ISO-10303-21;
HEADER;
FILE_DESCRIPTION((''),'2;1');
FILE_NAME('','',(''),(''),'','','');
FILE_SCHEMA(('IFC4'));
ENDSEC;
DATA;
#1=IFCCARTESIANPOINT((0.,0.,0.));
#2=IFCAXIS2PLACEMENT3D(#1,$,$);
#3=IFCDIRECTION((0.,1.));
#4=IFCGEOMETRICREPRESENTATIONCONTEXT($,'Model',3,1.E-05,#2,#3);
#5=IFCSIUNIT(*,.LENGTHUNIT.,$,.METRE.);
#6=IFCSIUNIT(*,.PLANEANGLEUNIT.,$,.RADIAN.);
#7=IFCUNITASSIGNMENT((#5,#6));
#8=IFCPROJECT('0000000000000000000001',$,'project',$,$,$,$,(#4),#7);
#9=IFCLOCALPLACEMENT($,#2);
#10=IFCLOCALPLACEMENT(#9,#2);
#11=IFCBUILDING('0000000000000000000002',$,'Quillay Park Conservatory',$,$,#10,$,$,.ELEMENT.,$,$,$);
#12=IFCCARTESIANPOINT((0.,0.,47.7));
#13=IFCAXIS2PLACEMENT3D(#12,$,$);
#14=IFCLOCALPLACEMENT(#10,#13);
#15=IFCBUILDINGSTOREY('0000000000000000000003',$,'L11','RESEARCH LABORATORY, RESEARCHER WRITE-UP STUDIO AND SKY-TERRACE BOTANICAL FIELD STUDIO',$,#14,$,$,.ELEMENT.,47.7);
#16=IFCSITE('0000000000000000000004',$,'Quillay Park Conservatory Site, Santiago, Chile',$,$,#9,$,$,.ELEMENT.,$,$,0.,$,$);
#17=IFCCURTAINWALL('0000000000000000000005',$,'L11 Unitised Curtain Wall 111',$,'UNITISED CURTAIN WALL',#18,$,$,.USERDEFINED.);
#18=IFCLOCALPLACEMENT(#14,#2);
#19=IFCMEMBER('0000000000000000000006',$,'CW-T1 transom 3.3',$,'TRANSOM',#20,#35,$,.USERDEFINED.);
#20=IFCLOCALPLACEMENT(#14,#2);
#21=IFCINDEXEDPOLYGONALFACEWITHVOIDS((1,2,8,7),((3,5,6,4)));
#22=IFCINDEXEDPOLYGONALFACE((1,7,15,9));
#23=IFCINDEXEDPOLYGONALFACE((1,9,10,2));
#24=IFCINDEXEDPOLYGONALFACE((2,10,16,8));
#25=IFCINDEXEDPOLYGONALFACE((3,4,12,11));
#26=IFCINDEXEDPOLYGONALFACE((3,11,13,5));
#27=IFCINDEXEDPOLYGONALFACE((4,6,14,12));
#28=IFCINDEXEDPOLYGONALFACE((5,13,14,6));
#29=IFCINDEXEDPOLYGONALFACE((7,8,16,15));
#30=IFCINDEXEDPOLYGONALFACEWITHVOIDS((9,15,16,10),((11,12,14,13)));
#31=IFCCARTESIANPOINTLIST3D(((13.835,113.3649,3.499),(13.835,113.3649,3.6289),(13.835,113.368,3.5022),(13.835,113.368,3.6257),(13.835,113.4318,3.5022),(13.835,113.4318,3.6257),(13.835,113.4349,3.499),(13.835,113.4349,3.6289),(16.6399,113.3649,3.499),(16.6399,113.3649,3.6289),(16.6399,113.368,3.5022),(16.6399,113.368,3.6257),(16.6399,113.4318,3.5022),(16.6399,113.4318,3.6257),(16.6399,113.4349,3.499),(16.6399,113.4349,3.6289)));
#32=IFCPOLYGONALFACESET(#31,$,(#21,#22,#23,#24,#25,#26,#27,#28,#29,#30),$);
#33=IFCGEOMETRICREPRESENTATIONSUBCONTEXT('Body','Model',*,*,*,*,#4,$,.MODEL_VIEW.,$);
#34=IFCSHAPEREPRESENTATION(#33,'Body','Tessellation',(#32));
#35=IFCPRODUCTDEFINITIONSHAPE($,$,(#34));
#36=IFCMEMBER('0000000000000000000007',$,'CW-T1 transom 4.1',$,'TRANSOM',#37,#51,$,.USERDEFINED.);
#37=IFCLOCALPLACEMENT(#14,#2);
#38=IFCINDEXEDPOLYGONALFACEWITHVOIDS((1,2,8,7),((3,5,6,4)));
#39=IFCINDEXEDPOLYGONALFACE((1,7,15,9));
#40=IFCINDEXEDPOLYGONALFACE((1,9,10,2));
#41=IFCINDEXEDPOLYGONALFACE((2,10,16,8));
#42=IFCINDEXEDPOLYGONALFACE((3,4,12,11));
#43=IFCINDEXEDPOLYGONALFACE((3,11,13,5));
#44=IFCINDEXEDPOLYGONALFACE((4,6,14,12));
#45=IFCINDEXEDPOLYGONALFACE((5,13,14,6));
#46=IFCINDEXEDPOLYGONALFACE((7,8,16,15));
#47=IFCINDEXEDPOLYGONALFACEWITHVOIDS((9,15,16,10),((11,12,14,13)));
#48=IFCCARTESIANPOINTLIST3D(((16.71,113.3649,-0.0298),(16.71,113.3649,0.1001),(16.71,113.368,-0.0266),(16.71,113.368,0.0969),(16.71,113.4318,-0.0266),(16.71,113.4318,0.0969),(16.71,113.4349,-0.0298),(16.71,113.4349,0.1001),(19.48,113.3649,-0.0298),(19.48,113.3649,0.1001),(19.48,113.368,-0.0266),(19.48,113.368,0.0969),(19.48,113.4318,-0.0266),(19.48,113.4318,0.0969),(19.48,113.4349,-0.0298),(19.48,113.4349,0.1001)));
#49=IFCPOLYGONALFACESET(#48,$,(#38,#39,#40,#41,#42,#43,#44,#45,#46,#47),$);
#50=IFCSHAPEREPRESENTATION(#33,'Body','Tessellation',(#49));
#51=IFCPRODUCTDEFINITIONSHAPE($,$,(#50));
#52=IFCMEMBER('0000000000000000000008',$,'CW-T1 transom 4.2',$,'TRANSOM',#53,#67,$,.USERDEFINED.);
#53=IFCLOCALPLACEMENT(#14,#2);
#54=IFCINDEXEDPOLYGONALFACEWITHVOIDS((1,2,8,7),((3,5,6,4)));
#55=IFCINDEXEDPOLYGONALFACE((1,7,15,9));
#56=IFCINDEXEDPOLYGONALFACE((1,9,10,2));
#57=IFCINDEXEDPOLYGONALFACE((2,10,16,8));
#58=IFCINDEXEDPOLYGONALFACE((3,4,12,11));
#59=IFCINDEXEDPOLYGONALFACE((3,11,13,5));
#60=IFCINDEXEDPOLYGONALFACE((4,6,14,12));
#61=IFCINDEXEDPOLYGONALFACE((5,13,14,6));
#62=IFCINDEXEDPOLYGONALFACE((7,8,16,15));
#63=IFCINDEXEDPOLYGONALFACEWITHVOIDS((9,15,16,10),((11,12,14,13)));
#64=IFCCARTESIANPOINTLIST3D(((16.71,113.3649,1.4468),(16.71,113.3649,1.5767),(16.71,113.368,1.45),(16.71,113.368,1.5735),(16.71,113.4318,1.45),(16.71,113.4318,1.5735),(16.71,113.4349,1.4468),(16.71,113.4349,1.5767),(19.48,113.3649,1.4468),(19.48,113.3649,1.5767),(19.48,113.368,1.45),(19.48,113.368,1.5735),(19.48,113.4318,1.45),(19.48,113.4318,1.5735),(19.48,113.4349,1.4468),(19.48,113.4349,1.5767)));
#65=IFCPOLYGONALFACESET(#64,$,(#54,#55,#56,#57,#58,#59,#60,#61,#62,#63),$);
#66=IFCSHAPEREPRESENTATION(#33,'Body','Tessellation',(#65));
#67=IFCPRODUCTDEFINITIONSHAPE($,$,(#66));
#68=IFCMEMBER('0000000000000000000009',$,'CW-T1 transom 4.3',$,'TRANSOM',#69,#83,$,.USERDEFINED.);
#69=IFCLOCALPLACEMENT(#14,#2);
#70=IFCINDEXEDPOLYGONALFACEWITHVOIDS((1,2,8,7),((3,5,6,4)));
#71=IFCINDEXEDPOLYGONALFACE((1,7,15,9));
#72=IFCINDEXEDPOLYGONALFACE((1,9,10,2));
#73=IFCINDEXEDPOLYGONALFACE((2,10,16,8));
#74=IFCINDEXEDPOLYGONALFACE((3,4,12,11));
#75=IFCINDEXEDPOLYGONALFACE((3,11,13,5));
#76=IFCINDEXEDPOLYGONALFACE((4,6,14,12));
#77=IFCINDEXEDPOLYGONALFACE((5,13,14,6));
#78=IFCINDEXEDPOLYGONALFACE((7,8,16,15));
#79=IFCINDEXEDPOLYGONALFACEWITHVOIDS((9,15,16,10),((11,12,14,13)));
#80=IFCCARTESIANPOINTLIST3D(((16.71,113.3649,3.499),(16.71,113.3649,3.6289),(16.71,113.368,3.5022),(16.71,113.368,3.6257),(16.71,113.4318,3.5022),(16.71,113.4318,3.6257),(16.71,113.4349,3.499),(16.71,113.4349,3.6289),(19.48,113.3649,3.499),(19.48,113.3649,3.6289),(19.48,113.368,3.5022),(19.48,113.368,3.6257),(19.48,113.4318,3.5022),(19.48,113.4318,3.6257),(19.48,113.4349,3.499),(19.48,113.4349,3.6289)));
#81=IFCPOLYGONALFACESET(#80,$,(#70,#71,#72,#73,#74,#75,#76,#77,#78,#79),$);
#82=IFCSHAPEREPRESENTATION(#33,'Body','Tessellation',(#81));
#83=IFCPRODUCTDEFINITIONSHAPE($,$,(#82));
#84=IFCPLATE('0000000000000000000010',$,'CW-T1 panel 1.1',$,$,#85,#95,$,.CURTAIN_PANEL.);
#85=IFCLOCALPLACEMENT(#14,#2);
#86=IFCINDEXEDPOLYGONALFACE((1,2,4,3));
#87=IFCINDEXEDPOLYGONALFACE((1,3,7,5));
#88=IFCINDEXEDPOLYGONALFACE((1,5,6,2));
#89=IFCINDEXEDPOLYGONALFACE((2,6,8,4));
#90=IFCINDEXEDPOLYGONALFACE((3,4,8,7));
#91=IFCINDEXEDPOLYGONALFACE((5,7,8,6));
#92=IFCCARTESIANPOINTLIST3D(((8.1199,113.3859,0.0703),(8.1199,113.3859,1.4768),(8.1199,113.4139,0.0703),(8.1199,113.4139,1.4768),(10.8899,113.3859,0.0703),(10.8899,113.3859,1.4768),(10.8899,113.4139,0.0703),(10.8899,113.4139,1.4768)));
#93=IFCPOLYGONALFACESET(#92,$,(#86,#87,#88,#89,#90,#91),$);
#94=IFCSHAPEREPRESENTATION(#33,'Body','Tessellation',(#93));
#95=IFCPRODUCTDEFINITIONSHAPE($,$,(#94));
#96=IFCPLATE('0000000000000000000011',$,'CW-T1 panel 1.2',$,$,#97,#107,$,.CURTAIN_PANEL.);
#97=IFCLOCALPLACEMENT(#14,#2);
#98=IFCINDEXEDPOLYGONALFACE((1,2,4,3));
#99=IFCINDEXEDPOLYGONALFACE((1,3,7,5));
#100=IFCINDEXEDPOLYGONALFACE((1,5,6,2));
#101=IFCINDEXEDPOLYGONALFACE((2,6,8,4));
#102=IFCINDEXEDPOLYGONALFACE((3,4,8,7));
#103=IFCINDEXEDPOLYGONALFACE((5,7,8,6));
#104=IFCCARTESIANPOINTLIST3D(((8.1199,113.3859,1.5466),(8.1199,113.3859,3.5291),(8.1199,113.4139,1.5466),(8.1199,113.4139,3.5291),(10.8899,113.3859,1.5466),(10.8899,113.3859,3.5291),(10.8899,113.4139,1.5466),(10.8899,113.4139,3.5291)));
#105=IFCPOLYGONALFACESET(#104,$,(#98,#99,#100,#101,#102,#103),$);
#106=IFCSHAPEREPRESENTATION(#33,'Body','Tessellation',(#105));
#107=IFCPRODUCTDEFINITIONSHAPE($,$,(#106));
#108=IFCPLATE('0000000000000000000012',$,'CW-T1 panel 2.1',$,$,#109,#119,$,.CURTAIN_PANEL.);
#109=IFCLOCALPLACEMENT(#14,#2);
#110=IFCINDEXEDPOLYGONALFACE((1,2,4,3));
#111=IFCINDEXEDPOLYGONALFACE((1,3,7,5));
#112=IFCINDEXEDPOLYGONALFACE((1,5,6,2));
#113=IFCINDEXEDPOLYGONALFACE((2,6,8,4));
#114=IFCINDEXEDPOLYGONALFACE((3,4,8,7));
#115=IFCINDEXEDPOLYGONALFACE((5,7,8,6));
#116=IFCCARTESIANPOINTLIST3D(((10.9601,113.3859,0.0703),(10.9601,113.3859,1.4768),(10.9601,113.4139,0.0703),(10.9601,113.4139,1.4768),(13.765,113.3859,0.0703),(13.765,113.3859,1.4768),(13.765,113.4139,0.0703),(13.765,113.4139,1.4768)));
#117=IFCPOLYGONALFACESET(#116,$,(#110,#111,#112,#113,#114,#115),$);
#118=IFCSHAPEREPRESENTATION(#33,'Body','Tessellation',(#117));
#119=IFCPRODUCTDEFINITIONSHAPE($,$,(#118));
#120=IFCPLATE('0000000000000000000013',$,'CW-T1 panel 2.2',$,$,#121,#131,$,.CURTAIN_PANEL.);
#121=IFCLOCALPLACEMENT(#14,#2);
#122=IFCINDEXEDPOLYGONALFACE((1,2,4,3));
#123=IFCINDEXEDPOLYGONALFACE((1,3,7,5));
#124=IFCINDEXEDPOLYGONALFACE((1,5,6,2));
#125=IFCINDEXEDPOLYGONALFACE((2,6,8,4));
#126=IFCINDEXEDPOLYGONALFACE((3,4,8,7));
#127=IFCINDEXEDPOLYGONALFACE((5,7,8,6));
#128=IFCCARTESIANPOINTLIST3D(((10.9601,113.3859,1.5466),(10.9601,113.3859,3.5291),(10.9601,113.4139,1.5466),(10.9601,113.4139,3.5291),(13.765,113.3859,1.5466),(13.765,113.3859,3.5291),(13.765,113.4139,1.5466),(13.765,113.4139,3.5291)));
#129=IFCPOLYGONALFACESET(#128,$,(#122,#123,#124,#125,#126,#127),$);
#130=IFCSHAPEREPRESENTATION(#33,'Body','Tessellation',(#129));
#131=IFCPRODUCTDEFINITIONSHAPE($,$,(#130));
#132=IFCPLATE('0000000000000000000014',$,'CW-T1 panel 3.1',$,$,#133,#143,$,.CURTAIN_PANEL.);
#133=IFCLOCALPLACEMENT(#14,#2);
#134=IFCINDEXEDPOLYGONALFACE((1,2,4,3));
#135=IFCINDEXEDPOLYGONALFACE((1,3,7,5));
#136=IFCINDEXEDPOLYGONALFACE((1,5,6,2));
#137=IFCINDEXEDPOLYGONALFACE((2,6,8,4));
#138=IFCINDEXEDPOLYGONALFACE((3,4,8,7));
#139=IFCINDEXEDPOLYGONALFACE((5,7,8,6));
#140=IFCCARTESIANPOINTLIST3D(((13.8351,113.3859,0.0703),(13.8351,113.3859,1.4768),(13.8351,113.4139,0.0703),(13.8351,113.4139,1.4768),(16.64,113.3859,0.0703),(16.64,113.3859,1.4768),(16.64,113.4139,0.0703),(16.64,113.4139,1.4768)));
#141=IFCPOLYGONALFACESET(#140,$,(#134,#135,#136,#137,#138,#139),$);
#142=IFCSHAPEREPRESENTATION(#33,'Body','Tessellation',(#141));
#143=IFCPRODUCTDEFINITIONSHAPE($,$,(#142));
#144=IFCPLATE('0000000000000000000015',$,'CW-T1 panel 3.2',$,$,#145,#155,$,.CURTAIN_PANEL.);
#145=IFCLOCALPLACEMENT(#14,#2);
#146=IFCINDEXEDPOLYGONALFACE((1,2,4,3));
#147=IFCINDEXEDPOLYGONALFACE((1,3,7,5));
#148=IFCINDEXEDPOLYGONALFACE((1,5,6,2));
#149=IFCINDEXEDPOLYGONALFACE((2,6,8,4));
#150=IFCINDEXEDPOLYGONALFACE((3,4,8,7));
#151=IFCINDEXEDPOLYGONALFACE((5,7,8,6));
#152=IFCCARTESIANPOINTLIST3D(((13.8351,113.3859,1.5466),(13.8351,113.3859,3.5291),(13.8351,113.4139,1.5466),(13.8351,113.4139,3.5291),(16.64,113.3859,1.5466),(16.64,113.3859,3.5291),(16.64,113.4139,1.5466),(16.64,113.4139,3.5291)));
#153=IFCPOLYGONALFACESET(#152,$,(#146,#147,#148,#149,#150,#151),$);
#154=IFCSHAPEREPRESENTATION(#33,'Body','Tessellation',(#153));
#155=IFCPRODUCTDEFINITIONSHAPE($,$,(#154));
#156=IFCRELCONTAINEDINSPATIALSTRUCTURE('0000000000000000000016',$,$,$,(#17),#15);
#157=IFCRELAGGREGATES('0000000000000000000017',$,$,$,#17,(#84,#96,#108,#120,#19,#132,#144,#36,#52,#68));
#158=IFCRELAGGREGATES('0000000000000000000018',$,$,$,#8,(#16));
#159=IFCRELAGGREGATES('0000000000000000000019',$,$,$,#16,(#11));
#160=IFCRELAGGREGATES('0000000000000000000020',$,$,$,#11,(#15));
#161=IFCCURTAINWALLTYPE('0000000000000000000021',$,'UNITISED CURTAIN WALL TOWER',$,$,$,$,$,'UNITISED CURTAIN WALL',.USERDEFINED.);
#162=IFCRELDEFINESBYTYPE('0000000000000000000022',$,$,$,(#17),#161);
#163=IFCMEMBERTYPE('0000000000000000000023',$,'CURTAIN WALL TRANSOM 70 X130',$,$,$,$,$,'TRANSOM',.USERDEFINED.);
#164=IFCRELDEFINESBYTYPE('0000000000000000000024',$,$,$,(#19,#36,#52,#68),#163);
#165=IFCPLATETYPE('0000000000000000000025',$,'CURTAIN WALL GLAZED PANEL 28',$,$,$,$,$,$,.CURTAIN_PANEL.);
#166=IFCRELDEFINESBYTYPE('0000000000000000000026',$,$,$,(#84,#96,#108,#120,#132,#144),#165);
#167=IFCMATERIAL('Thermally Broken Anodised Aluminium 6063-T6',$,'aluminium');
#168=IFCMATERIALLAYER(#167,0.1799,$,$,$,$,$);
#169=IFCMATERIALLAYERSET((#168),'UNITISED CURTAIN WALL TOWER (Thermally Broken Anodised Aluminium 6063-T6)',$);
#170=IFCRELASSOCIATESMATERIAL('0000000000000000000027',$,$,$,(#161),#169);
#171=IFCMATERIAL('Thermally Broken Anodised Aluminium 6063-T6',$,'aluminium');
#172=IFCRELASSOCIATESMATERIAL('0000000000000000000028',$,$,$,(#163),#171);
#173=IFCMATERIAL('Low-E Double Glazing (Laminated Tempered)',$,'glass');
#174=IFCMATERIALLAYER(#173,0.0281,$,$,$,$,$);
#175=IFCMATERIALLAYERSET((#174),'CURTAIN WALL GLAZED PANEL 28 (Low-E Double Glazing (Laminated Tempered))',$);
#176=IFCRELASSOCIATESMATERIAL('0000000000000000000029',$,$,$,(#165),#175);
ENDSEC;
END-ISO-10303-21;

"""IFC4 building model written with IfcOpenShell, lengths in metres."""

from ifc_helpers import new_model, si_unit, direction, frame, origin, origin_2d, place, context, subcontext, project, spatial, rectangle, hollow_rectangle, extrude, material, layer, layer_set, material_profile, profile_set, type_object, element, aggregate, save


model = new_model("IFC4")

# Units and contexts
model_context = context("Model", 3, precision=1e-05, world=origin(), true_north=direction((0.0, 1.0)))
body_context = subcontext(model_context, "Body", "Model", "MODEL_VIEW")
ifc_project = project(units=[si_unit("LENGTHUNIT", "METRE"), si_unit("PLANEANGLEUNIT", "RADIAN")], contexts=[model_context])

# Site, building, storey
site_placement = place(None, origin())
site = spatial("IfcSite", under=ifc_project, at=site_placement, Name="Quillay Park Conservatory Site, Santiago, Chile", CompositionType="ELEMENT", RefElevation=0.0)
building_placement = place(site_placement, origin())
building = spatial("IfcBuilding", under=site, at=building_placement, Name="Quillay Park Conservatory", CompositionType="ELEMENT")
storey_placement = place(building_placement, frame((0.0, 0.0, 47.7)))
storey = spatial("IfcBuildingStorey", under=building, at=storey_placement, Name="L11", Description="RESEARCH LABORATORY, RESEARCHER WRITE-UP STUDIO AND SKY-TERRACE BOTANICAL FIELD STUDIO", CompositionType="ELEMENT", Elevation=47.7)

# Curtain wall, members, plates
ifc_material_1 = material(Name="Thermally Broken Anodised Aluminium 6063-T6", Category="aluminium")
ifc_layer_1 = layer(ifc_material_1, 0.1799)
ifc_layer_set_1 = layer_set([ifc_layer_1], Name="UNITISED CURTAIN WALL TOWER (Thermally Broken Anodised Aluminium 6063-T6)")
curtain_wall_type = type_object("IfcCurtainWallType", Name="UNITISED CURTAIN WALL TOWER", ElementType="UNITISED CURTAIN WALL", PredefinedType="USERDEFINED", material=ifc_layer_set_1)
curtain_wall_placement = place(storey_placement, origin())
curtain_wall = element("IfcCurtainWall", 1, at=curtain_wall_placement, inside=storey, type_object=curtain_wall_type, Name="L11 Unitised Curtain Wall 111", ObjectType="UNITISED CURTAIN WALL", PredefinedType="USERDEFINED")
ifc_material_2 = material(Name="Thermally Broken Anodised Aluminium 6063-T6", Category="aluminium")
ifc_material_profile_1 = material_profile(ifc_material_2, hollow_rectangle(XDim=0.0701, YDim=0.1299, WallThickness=0.0032, at=origin_2d()), Name="AL70x130x3.2")
ifc_profile_set_1 = profile_set([ifc_material_profile_1], Name="Thermally Broken Anodised Aluminium 6063-T6")
member_type_1 = type_object("IfcMemberType", Name="CURTAIN WALL TRANSOM 70 X130", ElementType="TRANSOM", PredefinedType="USERDEFINED", material=ifc_profile_set_1)
member_1_placement = place(storey_placement, frame((13.835, 113.3999, 3.564), z_axis=(1.0, 0.0, 0.0), x_axis=(0.0, 1.0, 0.0)))
member_1 = element("IfcMember", 2, at=member_1_placement, type_object=member_type_1, Name="CW-T1 transom 3.3", ObjectType="TRANSOM", PredefinedType="USERDEFINED", context=body_context, shape_type="SweptSolid", body=[
    extrude(hollow_rectangle(XDim=0.0701, YDim=0.1299, WallThickness=0.0032, at=origin_2d()), origin(), (0.0, 0.0, 1.0), 2.8049),
])
member_2_placement = place(storey_placement, frame((16.71, 113.3999, 0.0352), z_axis=(1.0, 0.0, 0.0), x_axis=(0.0, 1.0, 0.0)))
member_2 = element("IfcMember", 3, at=member_2_placement, type_object=member_type_1, Name="CW-T1 transom 4.1", ObjectType="TRANSOM", PredefinedType="USERDEFINED", context=body_context, shape_type="SweptSolid", body=[
    extrude(hollow_rectangle(XDim=0.0701, YDim=0.1299, WallThickness=0.0032, at=origin_2d()), origin(), (0.0, 0.0, 1.0), 2.77),
])
member_3_placement = place(storey_placement, frame((16.71, 113.3999, 1.5117), z_axis=(1.0, 0.0, 0.0), x_axis=(0.0, 1.0, 0.0)))
member_3 = element("IfcMember", 4, at=member_3_placement, type_object=member_type_1, Name="CW-T1 transom 4.2", ObjectType="TRANSOM", PredefinedType="USERDEFINED", context=body_context, shape_type="SweptSolid", body=[
    extrude(hollow_rectangle(XDim=0.0701, YDim=0.1299, WallThickness=0.0032, at=origin_2d()), origin(), (0.0, 0.0, 1.0), 2.77),
])
member_4_placement = place(storey_placement, frame((16.71, 113.3999, 3.564), z_axis=(1.0, 0.0, 0.0), x_axis=(0.0, 1.0, 0.0)))
member_4 = element("IfcMember", 5, at=member_4_placement, type_object=member_type_1, Name="CW-T1 transom 4.3", ObjectType="TRANSOM", PredefinedType="USERDEFINED", context=body_context, shape_type="SweptSolid", body=[
    extrude(hollow_rectangle(XDim=0.0701, YDim=0.1299, WallThickness=0.0032, at=origin_2d()), origin(), (0.0, 0.0, 1.0), 2.77),
])
ifc_material_3 = material(Name="Low-E Double Glazing (Laminated Tempered)", Category="glass")
ifc_layer_2 = layer(ifc_material_3, 0.0281)
ifc_layer_set_2 = layer_set([ifc_layer_2], Name="CURTAIN WALL GLAZED PANEL 28 (Low-E Double Glazing (Laminated Tempered))")
plate_type = type_object("IfcPlateType", Name="CURTAIN WALL GLAZED PANEL 28", PredefinedType="CURTAIN_PANEL", material=ifc_layer_set_2)
plate_1_placement = place(storey_placement, frame((9.5049, 113.3999, 0.0703), z_axis=(0.0, 0.0, 1.0), x_axis=(1.0, 0.0, 0.0)))
plate_1 = element("IfcPlate", 6, at=plate_1_placement, type_object=plate_type, Name="CW-T1 panel 1.1", PredefinedType="CURTAIN_PANEL", context=body_context, shape_type="SweptSolid", body=[
    extrude(rectangle(XDim=2.77, YDim=0.0281, at=origin_2d()), origin(), (0.0, 0.0, 1.0), 1.4065),
])
plate_2_placement = place(storey_placement, frame((9.5049, 113.3999, 1.5466), z_axis=(0.0, 0.0, 1.0), x_axis=(1.0, 0.0, 0.0)))
plate_2 = element("IfcPlate", 7, at=plate_2_placement, type_object=plate_type, Name="CW-T1 panel 1.2", PredefinedType="CURTAIN_PANEL", context=body_context, shape_type="SweptSolid", body=[
    extrude(rectangle(XDim=2.77, YDim=0.0281, at=origin_2d()), origin(), (0.0, 0.0, 1.0), 1.9824),
])
plate_3_placement = place(storey_placement, frame((12.3625, 113.3999, 0.0703), z_axis=(0.0, 0.0, 1.0), x_axis=(1.0, 0.0, 0.0)))
plate_3 = element("IfcPlate", 8, at=plate_3_placement, type_object=plate_type, Name="CW-T1 panel 2.1", PredefinedType="CURTAIN_PANEL", context=body_context, shape_type="SweptSolid", body=[
    extrude(rectangle(XDim=2.8049, YDim=0.0281, at=origin_2d()), origin(), (0.0, 0.0, 1.0), 1.4065),
])
plate_4_placement = place(storey_placement, frame((12.3625, 113.3999, 1.5466), z_axis=(0.0, 0.0, 1.0), x_axis=(1.0, 0.0, 0.0)))
plate_4 = element("IfcPlate", 9, at=plate_4_placement, type_object=plate_type, Name="CW-T1 panel 2.2", PredefinedType="CURTAIN_PANEL", context=body_context, shape_type="SweptSolid", body=[
    extrude(rectangle(XDim=2.8049, YDim=0.0281, at=origin_2d()), origin(), (0.0, 0.0, 1.0), 1.9824),
])
plate_5_placement = place(storey_placement, frame((15.2375, 113.3999, 0.0703), z_axis=(0.0, 0.0, 1.0), x_axis=(1.0, 0.0, 0.0)))
plate_5 = element("IfcPlate", 10, at=plate_5_placement, type_object=plate_type, Name="CW-T1 panel 3.1", PredefinedType="CURTAIN_PANEL", context=body_context, shape_type="SweptSolid", body=[
    extrude(rectangle(XDim=2.8049, YDim=0.0281, at=origin_2d()), origin(), (0.0, 0.0, 1.0), 1.4065),
])
plate_6_placement = place(storey_placement, frame((15.2375, 113.3999, 1.5466), z_axis=(0.0, 0.0, 1.0), x_axis=(1.0, 0.0, 0.0)))
plate_6 = element("IfcPlate", 11, at=plate_6_placement, type_object=plate_type, Name="CW-T1 panel 3.2", PredefinedType="CURTAIN_PANEL", context=body_context, shape_type="SweptSolid", body=[
    extrude(rectangle(XDim=2.8049, YDim=0.0281, at=origin_2d()), origin(), (0.0, 0.0, 1.0), 1.9824),
])
aggregate(curtain_wall, [plate_1, plate_2, plate_3, plate_4, member_1, plate_5, plate_6, member_2, member_3, member_4])

save(model, "model.ifc")
